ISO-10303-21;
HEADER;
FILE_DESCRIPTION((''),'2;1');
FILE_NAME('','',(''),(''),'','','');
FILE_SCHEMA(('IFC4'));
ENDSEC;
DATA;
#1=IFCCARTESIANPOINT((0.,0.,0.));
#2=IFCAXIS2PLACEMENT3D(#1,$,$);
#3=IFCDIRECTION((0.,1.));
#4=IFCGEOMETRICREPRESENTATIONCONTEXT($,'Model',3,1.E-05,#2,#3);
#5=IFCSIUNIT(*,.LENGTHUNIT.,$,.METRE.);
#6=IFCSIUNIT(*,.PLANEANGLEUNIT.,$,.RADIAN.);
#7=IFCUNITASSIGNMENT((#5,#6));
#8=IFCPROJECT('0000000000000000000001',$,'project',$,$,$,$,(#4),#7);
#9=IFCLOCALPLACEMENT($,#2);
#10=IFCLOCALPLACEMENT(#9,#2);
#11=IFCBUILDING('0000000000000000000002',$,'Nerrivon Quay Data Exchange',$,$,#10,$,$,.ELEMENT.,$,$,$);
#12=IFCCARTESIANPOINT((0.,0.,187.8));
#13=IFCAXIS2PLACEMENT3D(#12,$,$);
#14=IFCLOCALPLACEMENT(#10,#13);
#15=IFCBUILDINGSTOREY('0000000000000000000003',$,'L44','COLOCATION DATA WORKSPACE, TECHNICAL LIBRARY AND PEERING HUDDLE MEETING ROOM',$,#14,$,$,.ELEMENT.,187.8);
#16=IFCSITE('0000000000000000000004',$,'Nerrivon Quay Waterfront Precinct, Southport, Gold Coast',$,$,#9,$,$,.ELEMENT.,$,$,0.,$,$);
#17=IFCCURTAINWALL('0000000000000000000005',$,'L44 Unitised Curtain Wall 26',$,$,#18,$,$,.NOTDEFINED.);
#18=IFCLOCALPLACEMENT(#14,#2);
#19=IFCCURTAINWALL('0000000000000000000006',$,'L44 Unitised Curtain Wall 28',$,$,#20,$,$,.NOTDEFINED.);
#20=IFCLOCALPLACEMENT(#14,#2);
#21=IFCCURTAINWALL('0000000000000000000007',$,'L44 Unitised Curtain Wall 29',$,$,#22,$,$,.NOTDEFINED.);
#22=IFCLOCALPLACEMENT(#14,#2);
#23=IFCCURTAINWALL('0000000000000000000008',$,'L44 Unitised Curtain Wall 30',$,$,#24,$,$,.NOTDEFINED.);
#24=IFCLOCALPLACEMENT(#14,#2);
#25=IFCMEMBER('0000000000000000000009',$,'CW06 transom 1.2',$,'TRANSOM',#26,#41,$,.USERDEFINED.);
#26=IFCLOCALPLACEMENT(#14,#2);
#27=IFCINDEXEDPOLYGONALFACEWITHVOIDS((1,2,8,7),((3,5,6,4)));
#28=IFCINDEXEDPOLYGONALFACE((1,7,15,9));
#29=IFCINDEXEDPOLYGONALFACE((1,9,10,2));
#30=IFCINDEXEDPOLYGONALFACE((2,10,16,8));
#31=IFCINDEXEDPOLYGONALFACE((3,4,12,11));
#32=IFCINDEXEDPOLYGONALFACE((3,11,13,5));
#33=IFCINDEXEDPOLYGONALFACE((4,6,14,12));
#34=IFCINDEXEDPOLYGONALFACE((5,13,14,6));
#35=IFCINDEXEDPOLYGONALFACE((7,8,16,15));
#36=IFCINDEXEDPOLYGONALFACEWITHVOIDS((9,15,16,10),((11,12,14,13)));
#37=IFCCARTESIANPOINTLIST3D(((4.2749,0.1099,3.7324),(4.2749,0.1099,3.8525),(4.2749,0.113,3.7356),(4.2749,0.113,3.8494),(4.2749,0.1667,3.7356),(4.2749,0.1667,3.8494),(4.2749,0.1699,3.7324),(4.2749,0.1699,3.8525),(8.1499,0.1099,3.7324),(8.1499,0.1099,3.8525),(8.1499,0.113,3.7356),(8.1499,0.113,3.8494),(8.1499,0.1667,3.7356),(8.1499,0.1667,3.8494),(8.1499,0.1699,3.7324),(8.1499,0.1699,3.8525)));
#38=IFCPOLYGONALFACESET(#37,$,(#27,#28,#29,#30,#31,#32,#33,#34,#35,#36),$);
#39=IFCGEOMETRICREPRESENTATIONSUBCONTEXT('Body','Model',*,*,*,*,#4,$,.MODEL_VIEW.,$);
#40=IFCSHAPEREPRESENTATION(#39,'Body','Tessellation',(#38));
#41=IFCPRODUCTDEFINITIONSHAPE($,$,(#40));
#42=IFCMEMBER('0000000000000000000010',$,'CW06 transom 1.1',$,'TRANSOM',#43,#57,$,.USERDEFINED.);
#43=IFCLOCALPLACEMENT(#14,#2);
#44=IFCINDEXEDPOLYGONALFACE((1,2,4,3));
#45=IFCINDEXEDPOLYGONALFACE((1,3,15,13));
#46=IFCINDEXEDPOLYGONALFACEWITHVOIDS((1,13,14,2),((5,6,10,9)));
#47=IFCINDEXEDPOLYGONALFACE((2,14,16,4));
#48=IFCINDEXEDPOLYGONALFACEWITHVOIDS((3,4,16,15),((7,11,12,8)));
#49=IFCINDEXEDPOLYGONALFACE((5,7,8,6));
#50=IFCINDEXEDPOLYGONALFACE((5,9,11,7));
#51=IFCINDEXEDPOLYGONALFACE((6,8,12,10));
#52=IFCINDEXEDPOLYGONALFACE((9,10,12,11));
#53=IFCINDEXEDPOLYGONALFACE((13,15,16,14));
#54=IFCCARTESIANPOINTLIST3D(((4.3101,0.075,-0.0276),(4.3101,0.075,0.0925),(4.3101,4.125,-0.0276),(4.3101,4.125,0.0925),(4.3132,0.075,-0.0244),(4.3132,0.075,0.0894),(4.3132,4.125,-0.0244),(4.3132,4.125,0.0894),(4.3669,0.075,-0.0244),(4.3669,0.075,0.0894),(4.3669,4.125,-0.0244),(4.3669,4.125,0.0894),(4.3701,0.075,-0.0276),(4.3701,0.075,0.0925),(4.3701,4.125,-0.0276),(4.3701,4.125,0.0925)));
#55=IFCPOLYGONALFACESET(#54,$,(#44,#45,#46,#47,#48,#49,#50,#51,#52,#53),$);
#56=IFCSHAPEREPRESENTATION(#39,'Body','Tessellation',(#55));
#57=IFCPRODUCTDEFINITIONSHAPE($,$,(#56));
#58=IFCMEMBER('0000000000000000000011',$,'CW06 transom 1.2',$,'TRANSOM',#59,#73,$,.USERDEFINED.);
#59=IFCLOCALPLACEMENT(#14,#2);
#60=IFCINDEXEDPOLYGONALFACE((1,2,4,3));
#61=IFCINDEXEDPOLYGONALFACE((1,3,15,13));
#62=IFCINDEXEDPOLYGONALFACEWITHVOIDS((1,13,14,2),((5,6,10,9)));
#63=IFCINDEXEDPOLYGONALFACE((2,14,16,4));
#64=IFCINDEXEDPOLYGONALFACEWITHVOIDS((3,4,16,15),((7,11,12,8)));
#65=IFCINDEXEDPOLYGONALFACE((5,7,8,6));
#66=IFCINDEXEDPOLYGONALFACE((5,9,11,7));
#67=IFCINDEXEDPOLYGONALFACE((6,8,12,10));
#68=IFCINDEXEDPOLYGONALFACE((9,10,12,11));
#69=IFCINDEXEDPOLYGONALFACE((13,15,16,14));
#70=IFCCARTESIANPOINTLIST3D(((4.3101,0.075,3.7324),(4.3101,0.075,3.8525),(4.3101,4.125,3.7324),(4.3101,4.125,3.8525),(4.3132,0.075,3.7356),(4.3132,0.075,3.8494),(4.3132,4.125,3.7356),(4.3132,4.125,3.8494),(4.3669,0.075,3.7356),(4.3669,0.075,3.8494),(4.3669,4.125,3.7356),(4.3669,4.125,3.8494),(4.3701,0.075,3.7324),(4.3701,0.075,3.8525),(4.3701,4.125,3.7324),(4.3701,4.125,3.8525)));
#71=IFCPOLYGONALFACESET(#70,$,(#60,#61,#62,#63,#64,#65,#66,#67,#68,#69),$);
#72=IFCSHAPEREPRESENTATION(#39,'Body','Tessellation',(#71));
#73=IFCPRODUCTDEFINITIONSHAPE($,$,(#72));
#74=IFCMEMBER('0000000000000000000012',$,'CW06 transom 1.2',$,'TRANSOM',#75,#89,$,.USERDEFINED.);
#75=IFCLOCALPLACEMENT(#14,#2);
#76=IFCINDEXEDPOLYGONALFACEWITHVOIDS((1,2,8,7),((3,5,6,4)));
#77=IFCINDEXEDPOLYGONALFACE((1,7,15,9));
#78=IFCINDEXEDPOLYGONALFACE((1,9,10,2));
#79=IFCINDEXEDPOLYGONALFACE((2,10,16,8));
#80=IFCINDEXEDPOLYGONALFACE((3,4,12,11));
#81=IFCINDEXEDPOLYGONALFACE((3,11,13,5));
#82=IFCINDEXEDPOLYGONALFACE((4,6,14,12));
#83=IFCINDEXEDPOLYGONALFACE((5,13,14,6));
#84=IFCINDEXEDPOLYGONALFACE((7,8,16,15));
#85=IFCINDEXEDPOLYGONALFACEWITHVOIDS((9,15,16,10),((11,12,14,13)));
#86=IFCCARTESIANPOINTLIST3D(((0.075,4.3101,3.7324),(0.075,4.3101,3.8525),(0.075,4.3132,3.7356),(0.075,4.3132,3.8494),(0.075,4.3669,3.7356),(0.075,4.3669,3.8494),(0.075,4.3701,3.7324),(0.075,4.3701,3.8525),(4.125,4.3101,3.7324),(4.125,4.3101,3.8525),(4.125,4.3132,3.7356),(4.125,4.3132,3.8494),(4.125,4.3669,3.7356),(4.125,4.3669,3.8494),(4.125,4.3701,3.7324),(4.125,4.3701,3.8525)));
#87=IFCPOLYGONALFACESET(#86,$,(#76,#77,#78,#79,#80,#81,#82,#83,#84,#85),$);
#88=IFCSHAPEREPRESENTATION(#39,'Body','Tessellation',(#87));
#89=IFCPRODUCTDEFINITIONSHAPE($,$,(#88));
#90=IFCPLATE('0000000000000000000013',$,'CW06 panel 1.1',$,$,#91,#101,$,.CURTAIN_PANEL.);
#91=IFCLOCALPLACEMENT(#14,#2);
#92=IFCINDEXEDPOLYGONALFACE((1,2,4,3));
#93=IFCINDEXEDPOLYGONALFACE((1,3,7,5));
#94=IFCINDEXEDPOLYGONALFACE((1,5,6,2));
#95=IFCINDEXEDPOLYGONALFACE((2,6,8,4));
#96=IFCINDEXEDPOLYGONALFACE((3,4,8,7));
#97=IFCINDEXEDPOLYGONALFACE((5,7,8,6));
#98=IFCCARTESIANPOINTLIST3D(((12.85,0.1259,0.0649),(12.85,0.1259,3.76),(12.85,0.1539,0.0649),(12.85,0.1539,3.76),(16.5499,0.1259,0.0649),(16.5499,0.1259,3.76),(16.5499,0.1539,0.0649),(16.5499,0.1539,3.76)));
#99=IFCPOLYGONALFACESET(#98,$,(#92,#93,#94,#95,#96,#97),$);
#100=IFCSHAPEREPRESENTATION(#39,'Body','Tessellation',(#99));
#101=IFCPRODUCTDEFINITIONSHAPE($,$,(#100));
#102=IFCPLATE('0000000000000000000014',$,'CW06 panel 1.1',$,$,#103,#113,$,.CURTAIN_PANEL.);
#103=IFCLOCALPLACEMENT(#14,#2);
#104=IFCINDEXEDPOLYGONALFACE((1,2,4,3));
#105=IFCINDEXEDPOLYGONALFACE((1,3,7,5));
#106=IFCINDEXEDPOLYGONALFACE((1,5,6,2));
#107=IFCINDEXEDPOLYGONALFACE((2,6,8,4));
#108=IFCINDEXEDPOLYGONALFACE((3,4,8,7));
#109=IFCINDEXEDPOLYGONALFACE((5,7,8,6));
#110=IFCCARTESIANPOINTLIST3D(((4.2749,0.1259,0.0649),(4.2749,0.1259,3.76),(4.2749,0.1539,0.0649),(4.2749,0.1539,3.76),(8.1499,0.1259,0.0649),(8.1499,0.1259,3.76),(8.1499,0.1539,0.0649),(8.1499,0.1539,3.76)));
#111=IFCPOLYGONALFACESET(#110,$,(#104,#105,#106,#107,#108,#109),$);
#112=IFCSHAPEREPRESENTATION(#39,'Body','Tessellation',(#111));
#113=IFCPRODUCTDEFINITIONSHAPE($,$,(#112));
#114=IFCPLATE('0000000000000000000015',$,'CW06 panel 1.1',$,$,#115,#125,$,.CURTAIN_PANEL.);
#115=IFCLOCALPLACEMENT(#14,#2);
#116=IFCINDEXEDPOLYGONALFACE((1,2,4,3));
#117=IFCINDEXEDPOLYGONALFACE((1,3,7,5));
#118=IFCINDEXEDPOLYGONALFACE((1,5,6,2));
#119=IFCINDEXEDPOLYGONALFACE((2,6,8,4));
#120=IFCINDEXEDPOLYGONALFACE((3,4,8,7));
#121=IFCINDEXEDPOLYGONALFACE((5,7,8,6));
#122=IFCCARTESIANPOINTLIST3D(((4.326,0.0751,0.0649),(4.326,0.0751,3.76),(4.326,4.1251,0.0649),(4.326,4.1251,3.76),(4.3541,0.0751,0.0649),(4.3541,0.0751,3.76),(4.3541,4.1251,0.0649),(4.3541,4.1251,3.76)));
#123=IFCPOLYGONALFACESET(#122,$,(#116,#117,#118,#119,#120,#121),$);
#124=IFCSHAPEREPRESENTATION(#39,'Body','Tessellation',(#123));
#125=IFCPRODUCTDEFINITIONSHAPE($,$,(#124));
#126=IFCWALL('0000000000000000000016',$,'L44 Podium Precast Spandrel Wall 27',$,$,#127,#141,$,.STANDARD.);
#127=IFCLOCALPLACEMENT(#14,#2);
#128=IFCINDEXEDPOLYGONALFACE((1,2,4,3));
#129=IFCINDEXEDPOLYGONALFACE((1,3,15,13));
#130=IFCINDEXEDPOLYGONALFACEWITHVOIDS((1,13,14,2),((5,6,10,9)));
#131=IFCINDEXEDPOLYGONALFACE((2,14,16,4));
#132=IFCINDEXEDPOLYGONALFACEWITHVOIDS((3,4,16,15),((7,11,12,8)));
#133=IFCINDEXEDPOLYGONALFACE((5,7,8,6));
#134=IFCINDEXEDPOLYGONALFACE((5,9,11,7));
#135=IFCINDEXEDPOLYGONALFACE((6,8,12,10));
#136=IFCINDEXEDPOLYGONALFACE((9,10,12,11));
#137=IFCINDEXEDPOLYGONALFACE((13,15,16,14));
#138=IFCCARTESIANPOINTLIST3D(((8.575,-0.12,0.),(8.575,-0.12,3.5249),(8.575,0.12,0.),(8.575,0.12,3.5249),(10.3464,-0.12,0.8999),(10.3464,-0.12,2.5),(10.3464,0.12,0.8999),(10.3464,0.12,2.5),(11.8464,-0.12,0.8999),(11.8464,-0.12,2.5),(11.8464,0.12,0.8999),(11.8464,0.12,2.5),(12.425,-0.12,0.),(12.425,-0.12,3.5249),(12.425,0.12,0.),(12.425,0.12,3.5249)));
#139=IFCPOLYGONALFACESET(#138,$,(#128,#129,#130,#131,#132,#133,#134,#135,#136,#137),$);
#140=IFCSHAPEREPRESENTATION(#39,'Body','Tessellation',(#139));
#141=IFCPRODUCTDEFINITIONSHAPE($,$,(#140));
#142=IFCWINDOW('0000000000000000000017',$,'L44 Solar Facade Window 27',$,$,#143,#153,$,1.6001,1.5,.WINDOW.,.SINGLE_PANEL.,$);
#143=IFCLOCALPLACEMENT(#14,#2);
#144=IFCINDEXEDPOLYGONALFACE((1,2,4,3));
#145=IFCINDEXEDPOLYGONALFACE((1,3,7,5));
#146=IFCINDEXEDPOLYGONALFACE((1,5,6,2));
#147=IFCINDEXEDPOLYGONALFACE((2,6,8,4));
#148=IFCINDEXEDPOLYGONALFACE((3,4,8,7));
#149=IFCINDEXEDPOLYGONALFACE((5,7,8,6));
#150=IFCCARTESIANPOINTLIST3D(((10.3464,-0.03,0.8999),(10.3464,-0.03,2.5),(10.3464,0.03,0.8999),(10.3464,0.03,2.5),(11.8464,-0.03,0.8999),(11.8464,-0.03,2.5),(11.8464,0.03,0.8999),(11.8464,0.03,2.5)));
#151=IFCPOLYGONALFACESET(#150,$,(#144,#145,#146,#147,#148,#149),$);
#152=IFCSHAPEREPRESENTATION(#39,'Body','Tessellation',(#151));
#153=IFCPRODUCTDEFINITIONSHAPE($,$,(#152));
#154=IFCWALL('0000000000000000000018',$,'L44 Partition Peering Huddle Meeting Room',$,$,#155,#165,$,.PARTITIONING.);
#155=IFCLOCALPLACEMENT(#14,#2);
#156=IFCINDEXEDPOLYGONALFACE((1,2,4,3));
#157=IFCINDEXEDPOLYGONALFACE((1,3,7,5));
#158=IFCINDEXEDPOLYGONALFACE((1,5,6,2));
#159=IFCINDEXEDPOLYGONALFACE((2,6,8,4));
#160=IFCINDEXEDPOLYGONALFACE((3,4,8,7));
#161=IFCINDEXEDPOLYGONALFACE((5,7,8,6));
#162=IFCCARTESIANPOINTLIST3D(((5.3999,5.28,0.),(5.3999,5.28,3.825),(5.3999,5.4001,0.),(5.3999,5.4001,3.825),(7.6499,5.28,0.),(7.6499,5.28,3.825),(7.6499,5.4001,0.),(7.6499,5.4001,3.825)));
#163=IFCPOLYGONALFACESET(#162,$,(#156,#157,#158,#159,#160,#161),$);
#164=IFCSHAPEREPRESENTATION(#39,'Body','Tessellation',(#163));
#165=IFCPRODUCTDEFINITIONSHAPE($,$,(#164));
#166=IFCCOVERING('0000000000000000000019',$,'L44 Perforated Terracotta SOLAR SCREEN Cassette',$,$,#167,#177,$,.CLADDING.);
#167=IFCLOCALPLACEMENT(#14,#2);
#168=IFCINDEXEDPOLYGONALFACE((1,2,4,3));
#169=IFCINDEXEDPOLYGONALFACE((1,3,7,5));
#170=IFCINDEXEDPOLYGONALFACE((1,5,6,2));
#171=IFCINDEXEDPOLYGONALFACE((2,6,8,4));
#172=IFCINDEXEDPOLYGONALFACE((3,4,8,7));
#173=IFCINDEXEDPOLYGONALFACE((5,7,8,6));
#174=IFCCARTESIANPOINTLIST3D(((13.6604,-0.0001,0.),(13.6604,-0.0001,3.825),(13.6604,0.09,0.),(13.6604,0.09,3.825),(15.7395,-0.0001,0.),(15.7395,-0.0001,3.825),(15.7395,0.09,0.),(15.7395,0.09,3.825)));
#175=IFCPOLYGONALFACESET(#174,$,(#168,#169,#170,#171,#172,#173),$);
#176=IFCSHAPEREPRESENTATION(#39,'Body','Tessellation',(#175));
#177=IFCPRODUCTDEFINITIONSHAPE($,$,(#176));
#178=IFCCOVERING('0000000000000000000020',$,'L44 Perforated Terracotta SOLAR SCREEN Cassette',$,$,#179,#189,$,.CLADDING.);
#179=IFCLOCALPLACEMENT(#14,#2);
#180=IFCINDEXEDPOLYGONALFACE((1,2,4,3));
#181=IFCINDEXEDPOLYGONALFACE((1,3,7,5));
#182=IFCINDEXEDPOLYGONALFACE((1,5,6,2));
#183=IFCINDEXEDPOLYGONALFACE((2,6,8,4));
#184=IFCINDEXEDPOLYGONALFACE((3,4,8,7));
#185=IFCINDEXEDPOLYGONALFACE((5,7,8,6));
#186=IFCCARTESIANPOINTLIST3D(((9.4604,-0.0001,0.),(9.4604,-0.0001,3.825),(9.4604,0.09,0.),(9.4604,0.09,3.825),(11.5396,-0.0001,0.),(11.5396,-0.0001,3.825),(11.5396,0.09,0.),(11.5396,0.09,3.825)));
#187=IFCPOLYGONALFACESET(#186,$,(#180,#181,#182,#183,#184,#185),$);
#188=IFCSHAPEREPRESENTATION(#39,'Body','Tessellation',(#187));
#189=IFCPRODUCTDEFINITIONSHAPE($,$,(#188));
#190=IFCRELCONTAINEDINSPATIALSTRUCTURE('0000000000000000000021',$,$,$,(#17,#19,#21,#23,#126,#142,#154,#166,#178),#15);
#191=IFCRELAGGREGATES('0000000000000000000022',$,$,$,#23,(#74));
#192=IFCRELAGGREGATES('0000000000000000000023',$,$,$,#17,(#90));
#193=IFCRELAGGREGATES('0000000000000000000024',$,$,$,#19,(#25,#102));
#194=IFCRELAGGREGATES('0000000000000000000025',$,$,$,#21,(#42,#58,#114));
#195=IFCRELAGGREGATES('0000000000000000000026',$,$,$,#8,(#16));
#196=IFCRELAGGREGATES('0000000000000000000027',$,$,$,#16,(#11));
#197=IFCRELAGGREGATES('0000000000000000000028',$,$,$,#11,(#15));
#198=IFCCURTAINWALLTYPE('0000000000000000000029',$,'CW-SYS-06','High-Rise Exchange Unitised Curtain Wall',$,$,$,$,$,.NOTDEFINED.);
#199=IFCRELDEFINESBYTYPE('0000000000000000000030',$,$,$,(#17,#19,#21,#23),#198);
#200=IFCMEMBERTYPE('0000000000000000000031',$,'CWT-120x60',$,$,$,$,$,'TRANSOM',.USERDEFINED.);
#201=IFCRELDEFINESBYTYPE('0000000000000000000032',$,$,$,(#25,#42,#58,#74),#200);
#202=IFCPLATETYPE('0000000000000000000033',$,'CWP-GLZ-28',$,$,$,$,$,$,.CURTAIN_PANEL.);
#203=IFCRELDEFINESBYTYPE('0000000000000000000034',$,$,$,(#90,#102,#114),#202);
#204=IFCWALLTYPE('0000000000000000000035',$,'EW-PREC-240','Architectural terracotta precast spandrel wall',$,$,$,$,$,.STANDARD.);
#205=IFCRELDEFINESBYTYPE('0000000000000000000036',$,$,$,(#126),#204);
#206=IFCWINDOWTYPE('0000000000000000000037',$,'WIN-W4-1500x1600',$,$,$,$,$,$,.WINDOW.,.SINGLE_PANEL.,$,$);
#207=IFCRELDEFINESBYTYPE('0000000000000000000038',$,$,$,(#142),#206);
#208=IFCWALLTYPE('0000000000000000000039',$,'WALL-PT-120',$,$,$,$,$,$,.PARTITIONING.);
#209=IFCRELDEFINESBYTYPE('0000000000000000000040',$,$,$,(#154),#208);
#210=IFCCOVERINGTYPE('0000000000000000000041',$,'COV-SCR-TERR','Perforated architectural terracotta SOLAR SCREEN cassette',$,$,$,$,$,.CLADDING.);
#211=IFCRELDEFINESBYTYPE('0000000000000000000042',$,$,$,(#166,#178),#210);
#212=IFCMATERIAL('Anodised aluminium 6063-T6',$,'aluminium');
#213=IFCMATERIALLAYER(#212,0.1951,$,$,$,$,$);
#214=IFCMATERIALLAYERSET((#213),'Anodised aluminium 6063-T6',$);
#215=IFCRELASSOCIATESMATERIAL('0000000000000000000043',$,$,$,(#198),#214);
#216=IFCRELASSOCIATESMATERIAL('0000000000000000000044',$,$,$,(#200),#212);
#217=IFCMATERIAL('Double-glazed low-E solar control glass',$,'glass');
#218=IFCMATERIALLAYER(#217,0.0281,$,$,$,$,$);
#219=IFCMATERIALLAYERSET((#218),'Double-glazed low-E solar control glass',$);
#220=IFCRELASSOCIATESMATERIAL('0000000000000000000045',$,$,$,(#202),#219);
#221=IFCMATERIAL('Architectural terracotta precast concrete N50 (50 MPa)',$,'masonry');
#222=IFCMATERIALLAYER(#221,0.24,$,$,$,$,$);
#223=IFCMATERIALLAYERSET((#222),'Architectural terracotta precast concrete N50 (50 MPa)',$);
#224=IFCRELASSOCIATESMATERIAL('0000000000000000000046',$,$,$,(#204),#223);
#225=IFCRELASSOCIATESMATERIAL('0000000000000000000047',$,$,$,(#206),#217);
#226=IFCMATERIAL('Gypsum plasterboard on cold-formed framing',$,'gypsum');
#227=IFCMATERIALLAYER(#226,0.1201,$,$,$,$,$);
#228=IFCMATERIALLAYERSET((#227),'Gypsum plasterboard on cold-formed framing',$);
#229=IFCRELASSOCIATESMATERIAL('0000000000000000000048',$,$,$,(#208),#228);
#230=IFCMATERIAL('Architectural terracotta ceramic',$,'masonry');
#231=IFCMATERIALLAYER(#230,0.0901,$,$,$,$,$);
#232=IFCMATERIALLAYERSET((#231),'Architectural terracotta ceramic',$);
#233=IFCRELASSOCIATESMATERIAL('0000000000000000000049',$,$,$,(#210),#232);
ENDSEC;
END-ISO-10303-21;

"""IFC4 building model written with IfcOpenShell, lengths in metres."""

from ifc_helpers import new_model, si_unit, direction, frame, frame_2d, origin, origin_2d, place, context, subcontext, project, spatial, rectangle, hollow_rectangle, extrude, material, layer, layer_set, material_profile, profile_set, type_object, element, fill, aggregate, save


model = new_model("IFC4")

# Units and contexts
model_context = context("Model", 3, precision=1e-05, world=origin(), true_north=direction((0.0, 1.0)))
body_context = subcontext(model_context, "Body", "Model", "MODEL_VIEW")
ifc_project = project(units=[si_unit("LENGTHUNIT", "METRE"), si_unit("PLANEANGLEUNIT", "RADIAN")], contexts=[model_context])

# Site, building, storey
site_placement = place(None, origin())
site = spatial("IfcSite", under=ifc_project, at=site_placement, Name="Nerrivon Quay Waterfront Precinct, Southport, Gold Coast", CompositionType="ELEMENT", RefElevation=0.0)
building_placement = place(site_placement, origin())
building = spatial("IfcBuilding", under=site, at=building_placement, Name="Nerrivon Quay Data Exchange", CompositionType="ELEMENT")
storey_placement = place(building_placement, frame((0.0, 0.0, 187.8)))
storey = spatial("IfcBuildingStorey", under=building, at=storey_placement, Name="L44", Description="COLOCATION DATA WORKSPACE, TECHNICAL LIBRARY AND PEERING HUDDLE MEETING ROOM", CompositionType="ELEMENT", Elevation=187.8)

# Curtain wall
ifc_material_1 = material(Name="Anodised aluminium 6063-T6", Category="aluminium")
ifc_layer_1 = layer(ifc_material_1, 0.1951)
ifc_layer_set_1 = layer_set([ifc_layer_1], Name="Anodised aluminium 6063-T6")
curtain_wall_type = type_object("IfcCurtainWallType", Name="CW-SYS-06", Description="High-Rise Exchange Unitised Curtain Wall", PredefinedType="NOTDEFINED", material=ifc_layer_set_1)
curtain_wall_1_placement = place(storey_placement, origin())
curtain_wall_1 = element("IfcCurtainWall", 1, at=curtain_wall_1_placement, inside=storey, type_object=curtain_wall_type, Name="L44 Unitised Curtain Wall 26", PredefinedType="NOTDEFINED")

# Curtain walls
curtain_wall_2_placement = place(storey_placement, origin())
curtain_wall_2 = element("IfcCurtainWall", 2, at=curtain_wall_2_placement, inside=storey, type_object=curtain_wall_type, Name="L44 Unitised Curtain Wall 28", PredefinedType="NOTDEFINED")
curtain_wall_3_placement = place(storey_placement, origin())
curtain_wall_3 = element("IfcCurtainWall", 3, at=curtain_wall_3_placement, inside=storey, type_object=curtain_wall_type, Name="L44 Unitised Curtain Wall 29", PredefinedType="NOTDEFINED")

# Curtain wall
curtain_wall_4_placement = place(storey_placement, origin())
curtain_wall_4 = element("IfcCurtainWall", 4, at=curtain_wall_4_placement, inside=storey, type_object=curtain_wall_type, Name="L44 Unitised Curtain Wall 30", PredefinedType="NOTDEFINED")

# Members
ifc_material_profile_1 = material_profile(ifc_material_1, hollow_rectangle(XDim=0.0601, YDim=0.1201, WallThickness=0.0032, at=origin_2d()), Name="ALU-TRAN-120x60")
ifc_profile_set_1 = profile_set([ifc_material_profile_1], Name="Anodised aluminium 6063-T6")
member_type_1 = type_object("IfcMemberType", Name="CWT-120x60", ElementType="TRANSOM", PredefinedType="USERDEFINED", material=ifc_profile_set_1)
member_1_placement = place(storey_placement, frame((8.1499, 0.1399, 3.7925), z_axis=(-1.0, 0.0, 0.0), x_axis=(0.0, -1.0, 0.0)))
member_1 = element("IfcMember", 5, at=member_1_placement, type_object=member_type_1, Name="CW06 transom 1.2", ObjectType="TRANSOM", PredefinedType="USERDEFINED", context=body_context, shape_type="SweptSolid", body=[
    extrude(hollow_rectangle(XDim=0.0601, YDim=0.1201, WallThickness=0.0032, at=origin_2d()), origin(), (0.0, 0.0, 1.0), 3.875),
])
member_2_placement = place(storey_placement, frame((4.3401, 0.075, 0.0325), z_axis=(0.0, 1.0, 0.0), x_axis=(-1.0, 0.0, 0.0)))
member_2 = element("IfcMember", 6, at=member_2_placement, type_object=member_type_1, Name="CW06 transom 1.1", ObjectType="TRANSOM", PredefinedType="USERDEFINED", context=body_context, shape_type="SweptSolid", body=[
    extrude(hollow_rectangle(XDim=0.0601, YDim=0.1201, WallThickness=0.0032, at=origin_2d()), origin(), (0.0, 0.0, 1.0), 4.05),
])
member_3_placement = place(storey_placement, frame((4.3401, 0.075, 3.7925), z_axis=(0.0, 1.0, 0.0), x_axis=(-1.0, 0.0, 0.0)))
member_3 = element("IfcMember", 7, at=member_3_placement, type_object=member_type_1, Name="CW06 transom 1.2", ObjectType="TRANSOM", PredefinedType="USERDEFINED", context=body_context, shape_type="SweptSolid", body=[
    extrude(hollow_rectangle(XDim=0.0601, YDim=0.1201, WallThickness=0.0032, at=origin_2d()), origin(), (0.0, 0.0, 1.0), 4.05),
])
member_4_placement = place(storey_placement, frame((4.125, 4.3401, 3.7925), z_axis=(-1.0, 0.0, 0.0), x_axis=(0.0, -1.0, 0.0)))
member_4 = element("IfcMember", 8, at=member_4_placement, type_object=member_type_1, Name="CW06 transom 1.2", ObjectType="TRANSOM", PredefinedType="USERDEFINED", context=body_context, shape_type="SweptSolid", body=[
    extrude(hollow_rectangle(XDim=0.0601, YDim=0.1201, WallThickness=0.0032, at=origin_2d()), origin(), (0.0, 0.0, 1.0), 4.05),
])
aggregate(curtain_wall_4, [member_4])

# Plates
ifc_material_2 = material(Name="Double-glazed low-E solar control glass", Category="glass")
ifc_layer_2 = layer(ifc_material_2, 0.0281)
ifc_layer_set_2 = layer_set([ifc_layer_2], Name="Double-glazed low-E solar control glass")
plate_type = type_object("IfcPlateType", Name="CWP-GLZ-28", PredefinedType="CURTAIN_PANEL", material=ifc_layer_set_2)
plate_1_placement = place(storey_placement, frame((14.7, 0.1399, 0.0649), z_axis=(0.0, 0.0, 1.0), x_axis=(-1.0, 0.0, 0.0)))
plate_1 = element("IfcPlate", 9, at=plate_1_placement, type_object=plate_type, Name="CW06 panel 1.1", PredefinedType="CURTAIN_PANEL", context=body_context, shape_type="SweptSolid", body=[
    extrude(rectangle(XDim=3.7, YDim=0.0281, at=origin_2d()), origin(), (0.0, 0.0, 1.0), 3.6951),
])
aggregate(curtain_wall_1, [plate_1])
plate_2_placement = place(storey_placement, frame((6.2124, 0.1399, 0.0649), z_axis=(0.0, 0.0, 1.0), x_axis=(-1.0, 0.0, 0.0)))
plate_2 = element("IfcPlate", 10, at=plate_2_placement, type_object=plate_type, Name="CW06 panel 1.1", PredefinedType="CURTAIN_PANEL", context=body_context, shape_type="SweptSolid", body=[
    extrude(rectangle(XDim=3.875, YDim=0.0281, at=origin_2d()), origin(), (0.0, 0.0, 1.0), 3.6951),
])
aggregate(curtain_wall_2, [member_1, plate_2])
plate_3_placement = place(storey_placement, frame((4.3401, 2.1001, 0.0649), z_axis=(0.0, 0.0, 1.0), x_axis=(0.0, 1.0, 0.0)))
plate_3 = element("IfcPlate", 11, at=plate_3_placement, type_object=plate_type, Name="CW06 panel 1.1", PredefinedType="CURTAIN_PANEL", context=body_context, shape_type="SweptSolid", body=[
    extrude(rectangle(XDim=4.05, YDim=0.0281, at=origin_2d()), origin(), (0.0, 0.0, 1.0), 3.6951),
])
aggregate(curtain_wall_3, [member_2, member_3, plate_3])

# Wall, opening, window
ifc_material_3 = material(Name="Architectural terracotta precast concrete N50 (50 MPa)", Category="masonry")
ifc_layer_3 = layer(ifc_material_3, 0.24)
ifc_layer_set_3 = layer_set([ifc_layer_3], Name="Architectural terracotta precast concrete N50 (50 MPa)")
wall_type_1 = type_object("IfcWallType", Name="EW-PREC-240", Description="Architectural terracotta precast spandrel wall", PredefinedType="STANDARD", material=ifc_layer_set_3)
wall_1_placement = place(storey_placement, frame((12.425, 0.0, 0.0), z_axis=(0.0, 0.0, 1.0), x_axis=(-1.0, 0.0, 0.0)))
wall_1 = element("IfcWall", 12, at=wall_1_placement, inside=storey, type_object=wall_type_1, Name="L44 Podium Precast Spandrel Wall 27", PredefinedType="STANDARD", context=body_context, shape_type="SweptSolid", body=[
    extrude(rectangle(XDim=3.8501, YDim=0.24, at=frame_2d((1.925, 0.0))), origin(), (0.0, 0.0, 1.0), 3.5249),
])
opening_placement = place(wall_1_placement, frame((0.5786, 0.0, 0.8999)))
opening = element("IfcOpeningElement", 13, at=opening_placement, cuts=wall_1, PredefinedType="OPENING", context=body_context, shape_type="SweptSolid", body=[
    extrude(rectangle(XDim=1.5, YDim=1.6001, at=frame_2d((0.75, 0.8))), frame((0.0, 0.1299, 0.0), z_axis=(0.0, -1.0, 0.0), x_axis=(1.0, 0.0, 0.0)), (0.0, 0.0, 1.0), 0.26),
])
window_type = type_object("IfcWindowType", Name="WIN-W4-1500x1600", PartitioningType="SINGLE_PANEL", PredefinedType="WINDOW", material=ifc_material_2)
window_placement = place(opening_placement, origin())
window = element("IfcWindow", 14, at=window_placement, inside=storey, type_object=window_type, Name="L44 Solar Facade Window 27", OverallHeight=1.6001, OverallWidth=1.5, PartitioningType="SINGLE_PANEL", PredefinedType="WINDOW", context=body_context, shape_type="SweptSolid", body=[
    extrude(rectangle(XDim=1.5, YDim=1.6001, at=frame_2d((0.75, 0.8))), frame((0.0, 0.03, 0.0), z_axis=(0.0, -1.0, 0.0), x_axis=(1.0, 0.0, 0.0)), (0.0, 0.0, 1.0), 0.0601),
])
fill(opening, window)

# Wall
ifc_material_4 = material(Name="Gypsum plasterboard on cold-formed framing", Category="gypsum")
ifc_layer_4 = layer(ifc_material_4, 0.1201)
ifc_layer_set_4 = layer_set([ifc_layer_4], Name="Gypsum plasterboard on cold-formed framing")
wall_type_2 = type_object("IfcWallType", Name="WALL-PT-120", PredefinedType="PARTITIONING", material=ifc_layer_set_4)
wall_2_placement = place(storey_placement, frame((7.6499, 5.3401, 0.0), z_axis=(0.0, 0.0, 1.0), x_axis=(-1.0, 0.0, 0.0)))
element("IfcWall", 15, at=wall_2_placement, inside=storey, type_object=wall_type_2, Name="L44 Partition Peering Huddle Meeting Room", PredefinedType="PARTITIONING", context=body_context, shape_type="SweptSolid", body=[
    extrude(rectangle(XDim=2.25, YDim=0.1201, at=frame_2d((1.125, 0.0))), origin(), (0.0, 0.0, 1.0), 3.825),
])

# Coverings
ifc_material_5 = material(Name="Architectural terracotta ceramic", Category="masonry")
ifc_layer_5 = layer(ifc_material_5, 0.0901)
ifc_layer_set_5 = layer_set([ifc_layer_5], Name="Architectural terracotta ceramic")
covering_type = type_object("IfcCoveringType", Name="COV-SCR-TERR", Description="Perforated architectural terracotta SOLAR SCREEN cassette", PredefinedType="CLADDING", material=ifc_layer_set_5)
for number, where, z_axis, x_axis, name in (
    (16, (14.7, 0.0449, 0.0), (0.0, 0.0, 1.0), (-1.0, 0.0, 0.0), "L44 Perforated Terracotta SOLAR SCREEN Cassette"),
    (17, (10.5, 0.0449, 0.0), (0.0, 0.0, 1.0), (-1.0, 0.0, 0.0), "L44 Perforated Terracotta SOLAR SCREEN Cassette"),
):
    element("IfcCovering", number, at=place(storey_placement, frame(where, z_axis=z_axis, x_axis=x_axis)), inside=storey, type_object=covering_type, Name=name, PredefinedType="CLADDING", context=body_context, shape_type="SweptSolid", body=[
        extrude(rectangle(XDim=2.0791, YDim=0.0901, at=origin_2d()), origin(), (0.0, 0.0, 1.0), 3.825),
    ])

save(model, "model.ifc")
